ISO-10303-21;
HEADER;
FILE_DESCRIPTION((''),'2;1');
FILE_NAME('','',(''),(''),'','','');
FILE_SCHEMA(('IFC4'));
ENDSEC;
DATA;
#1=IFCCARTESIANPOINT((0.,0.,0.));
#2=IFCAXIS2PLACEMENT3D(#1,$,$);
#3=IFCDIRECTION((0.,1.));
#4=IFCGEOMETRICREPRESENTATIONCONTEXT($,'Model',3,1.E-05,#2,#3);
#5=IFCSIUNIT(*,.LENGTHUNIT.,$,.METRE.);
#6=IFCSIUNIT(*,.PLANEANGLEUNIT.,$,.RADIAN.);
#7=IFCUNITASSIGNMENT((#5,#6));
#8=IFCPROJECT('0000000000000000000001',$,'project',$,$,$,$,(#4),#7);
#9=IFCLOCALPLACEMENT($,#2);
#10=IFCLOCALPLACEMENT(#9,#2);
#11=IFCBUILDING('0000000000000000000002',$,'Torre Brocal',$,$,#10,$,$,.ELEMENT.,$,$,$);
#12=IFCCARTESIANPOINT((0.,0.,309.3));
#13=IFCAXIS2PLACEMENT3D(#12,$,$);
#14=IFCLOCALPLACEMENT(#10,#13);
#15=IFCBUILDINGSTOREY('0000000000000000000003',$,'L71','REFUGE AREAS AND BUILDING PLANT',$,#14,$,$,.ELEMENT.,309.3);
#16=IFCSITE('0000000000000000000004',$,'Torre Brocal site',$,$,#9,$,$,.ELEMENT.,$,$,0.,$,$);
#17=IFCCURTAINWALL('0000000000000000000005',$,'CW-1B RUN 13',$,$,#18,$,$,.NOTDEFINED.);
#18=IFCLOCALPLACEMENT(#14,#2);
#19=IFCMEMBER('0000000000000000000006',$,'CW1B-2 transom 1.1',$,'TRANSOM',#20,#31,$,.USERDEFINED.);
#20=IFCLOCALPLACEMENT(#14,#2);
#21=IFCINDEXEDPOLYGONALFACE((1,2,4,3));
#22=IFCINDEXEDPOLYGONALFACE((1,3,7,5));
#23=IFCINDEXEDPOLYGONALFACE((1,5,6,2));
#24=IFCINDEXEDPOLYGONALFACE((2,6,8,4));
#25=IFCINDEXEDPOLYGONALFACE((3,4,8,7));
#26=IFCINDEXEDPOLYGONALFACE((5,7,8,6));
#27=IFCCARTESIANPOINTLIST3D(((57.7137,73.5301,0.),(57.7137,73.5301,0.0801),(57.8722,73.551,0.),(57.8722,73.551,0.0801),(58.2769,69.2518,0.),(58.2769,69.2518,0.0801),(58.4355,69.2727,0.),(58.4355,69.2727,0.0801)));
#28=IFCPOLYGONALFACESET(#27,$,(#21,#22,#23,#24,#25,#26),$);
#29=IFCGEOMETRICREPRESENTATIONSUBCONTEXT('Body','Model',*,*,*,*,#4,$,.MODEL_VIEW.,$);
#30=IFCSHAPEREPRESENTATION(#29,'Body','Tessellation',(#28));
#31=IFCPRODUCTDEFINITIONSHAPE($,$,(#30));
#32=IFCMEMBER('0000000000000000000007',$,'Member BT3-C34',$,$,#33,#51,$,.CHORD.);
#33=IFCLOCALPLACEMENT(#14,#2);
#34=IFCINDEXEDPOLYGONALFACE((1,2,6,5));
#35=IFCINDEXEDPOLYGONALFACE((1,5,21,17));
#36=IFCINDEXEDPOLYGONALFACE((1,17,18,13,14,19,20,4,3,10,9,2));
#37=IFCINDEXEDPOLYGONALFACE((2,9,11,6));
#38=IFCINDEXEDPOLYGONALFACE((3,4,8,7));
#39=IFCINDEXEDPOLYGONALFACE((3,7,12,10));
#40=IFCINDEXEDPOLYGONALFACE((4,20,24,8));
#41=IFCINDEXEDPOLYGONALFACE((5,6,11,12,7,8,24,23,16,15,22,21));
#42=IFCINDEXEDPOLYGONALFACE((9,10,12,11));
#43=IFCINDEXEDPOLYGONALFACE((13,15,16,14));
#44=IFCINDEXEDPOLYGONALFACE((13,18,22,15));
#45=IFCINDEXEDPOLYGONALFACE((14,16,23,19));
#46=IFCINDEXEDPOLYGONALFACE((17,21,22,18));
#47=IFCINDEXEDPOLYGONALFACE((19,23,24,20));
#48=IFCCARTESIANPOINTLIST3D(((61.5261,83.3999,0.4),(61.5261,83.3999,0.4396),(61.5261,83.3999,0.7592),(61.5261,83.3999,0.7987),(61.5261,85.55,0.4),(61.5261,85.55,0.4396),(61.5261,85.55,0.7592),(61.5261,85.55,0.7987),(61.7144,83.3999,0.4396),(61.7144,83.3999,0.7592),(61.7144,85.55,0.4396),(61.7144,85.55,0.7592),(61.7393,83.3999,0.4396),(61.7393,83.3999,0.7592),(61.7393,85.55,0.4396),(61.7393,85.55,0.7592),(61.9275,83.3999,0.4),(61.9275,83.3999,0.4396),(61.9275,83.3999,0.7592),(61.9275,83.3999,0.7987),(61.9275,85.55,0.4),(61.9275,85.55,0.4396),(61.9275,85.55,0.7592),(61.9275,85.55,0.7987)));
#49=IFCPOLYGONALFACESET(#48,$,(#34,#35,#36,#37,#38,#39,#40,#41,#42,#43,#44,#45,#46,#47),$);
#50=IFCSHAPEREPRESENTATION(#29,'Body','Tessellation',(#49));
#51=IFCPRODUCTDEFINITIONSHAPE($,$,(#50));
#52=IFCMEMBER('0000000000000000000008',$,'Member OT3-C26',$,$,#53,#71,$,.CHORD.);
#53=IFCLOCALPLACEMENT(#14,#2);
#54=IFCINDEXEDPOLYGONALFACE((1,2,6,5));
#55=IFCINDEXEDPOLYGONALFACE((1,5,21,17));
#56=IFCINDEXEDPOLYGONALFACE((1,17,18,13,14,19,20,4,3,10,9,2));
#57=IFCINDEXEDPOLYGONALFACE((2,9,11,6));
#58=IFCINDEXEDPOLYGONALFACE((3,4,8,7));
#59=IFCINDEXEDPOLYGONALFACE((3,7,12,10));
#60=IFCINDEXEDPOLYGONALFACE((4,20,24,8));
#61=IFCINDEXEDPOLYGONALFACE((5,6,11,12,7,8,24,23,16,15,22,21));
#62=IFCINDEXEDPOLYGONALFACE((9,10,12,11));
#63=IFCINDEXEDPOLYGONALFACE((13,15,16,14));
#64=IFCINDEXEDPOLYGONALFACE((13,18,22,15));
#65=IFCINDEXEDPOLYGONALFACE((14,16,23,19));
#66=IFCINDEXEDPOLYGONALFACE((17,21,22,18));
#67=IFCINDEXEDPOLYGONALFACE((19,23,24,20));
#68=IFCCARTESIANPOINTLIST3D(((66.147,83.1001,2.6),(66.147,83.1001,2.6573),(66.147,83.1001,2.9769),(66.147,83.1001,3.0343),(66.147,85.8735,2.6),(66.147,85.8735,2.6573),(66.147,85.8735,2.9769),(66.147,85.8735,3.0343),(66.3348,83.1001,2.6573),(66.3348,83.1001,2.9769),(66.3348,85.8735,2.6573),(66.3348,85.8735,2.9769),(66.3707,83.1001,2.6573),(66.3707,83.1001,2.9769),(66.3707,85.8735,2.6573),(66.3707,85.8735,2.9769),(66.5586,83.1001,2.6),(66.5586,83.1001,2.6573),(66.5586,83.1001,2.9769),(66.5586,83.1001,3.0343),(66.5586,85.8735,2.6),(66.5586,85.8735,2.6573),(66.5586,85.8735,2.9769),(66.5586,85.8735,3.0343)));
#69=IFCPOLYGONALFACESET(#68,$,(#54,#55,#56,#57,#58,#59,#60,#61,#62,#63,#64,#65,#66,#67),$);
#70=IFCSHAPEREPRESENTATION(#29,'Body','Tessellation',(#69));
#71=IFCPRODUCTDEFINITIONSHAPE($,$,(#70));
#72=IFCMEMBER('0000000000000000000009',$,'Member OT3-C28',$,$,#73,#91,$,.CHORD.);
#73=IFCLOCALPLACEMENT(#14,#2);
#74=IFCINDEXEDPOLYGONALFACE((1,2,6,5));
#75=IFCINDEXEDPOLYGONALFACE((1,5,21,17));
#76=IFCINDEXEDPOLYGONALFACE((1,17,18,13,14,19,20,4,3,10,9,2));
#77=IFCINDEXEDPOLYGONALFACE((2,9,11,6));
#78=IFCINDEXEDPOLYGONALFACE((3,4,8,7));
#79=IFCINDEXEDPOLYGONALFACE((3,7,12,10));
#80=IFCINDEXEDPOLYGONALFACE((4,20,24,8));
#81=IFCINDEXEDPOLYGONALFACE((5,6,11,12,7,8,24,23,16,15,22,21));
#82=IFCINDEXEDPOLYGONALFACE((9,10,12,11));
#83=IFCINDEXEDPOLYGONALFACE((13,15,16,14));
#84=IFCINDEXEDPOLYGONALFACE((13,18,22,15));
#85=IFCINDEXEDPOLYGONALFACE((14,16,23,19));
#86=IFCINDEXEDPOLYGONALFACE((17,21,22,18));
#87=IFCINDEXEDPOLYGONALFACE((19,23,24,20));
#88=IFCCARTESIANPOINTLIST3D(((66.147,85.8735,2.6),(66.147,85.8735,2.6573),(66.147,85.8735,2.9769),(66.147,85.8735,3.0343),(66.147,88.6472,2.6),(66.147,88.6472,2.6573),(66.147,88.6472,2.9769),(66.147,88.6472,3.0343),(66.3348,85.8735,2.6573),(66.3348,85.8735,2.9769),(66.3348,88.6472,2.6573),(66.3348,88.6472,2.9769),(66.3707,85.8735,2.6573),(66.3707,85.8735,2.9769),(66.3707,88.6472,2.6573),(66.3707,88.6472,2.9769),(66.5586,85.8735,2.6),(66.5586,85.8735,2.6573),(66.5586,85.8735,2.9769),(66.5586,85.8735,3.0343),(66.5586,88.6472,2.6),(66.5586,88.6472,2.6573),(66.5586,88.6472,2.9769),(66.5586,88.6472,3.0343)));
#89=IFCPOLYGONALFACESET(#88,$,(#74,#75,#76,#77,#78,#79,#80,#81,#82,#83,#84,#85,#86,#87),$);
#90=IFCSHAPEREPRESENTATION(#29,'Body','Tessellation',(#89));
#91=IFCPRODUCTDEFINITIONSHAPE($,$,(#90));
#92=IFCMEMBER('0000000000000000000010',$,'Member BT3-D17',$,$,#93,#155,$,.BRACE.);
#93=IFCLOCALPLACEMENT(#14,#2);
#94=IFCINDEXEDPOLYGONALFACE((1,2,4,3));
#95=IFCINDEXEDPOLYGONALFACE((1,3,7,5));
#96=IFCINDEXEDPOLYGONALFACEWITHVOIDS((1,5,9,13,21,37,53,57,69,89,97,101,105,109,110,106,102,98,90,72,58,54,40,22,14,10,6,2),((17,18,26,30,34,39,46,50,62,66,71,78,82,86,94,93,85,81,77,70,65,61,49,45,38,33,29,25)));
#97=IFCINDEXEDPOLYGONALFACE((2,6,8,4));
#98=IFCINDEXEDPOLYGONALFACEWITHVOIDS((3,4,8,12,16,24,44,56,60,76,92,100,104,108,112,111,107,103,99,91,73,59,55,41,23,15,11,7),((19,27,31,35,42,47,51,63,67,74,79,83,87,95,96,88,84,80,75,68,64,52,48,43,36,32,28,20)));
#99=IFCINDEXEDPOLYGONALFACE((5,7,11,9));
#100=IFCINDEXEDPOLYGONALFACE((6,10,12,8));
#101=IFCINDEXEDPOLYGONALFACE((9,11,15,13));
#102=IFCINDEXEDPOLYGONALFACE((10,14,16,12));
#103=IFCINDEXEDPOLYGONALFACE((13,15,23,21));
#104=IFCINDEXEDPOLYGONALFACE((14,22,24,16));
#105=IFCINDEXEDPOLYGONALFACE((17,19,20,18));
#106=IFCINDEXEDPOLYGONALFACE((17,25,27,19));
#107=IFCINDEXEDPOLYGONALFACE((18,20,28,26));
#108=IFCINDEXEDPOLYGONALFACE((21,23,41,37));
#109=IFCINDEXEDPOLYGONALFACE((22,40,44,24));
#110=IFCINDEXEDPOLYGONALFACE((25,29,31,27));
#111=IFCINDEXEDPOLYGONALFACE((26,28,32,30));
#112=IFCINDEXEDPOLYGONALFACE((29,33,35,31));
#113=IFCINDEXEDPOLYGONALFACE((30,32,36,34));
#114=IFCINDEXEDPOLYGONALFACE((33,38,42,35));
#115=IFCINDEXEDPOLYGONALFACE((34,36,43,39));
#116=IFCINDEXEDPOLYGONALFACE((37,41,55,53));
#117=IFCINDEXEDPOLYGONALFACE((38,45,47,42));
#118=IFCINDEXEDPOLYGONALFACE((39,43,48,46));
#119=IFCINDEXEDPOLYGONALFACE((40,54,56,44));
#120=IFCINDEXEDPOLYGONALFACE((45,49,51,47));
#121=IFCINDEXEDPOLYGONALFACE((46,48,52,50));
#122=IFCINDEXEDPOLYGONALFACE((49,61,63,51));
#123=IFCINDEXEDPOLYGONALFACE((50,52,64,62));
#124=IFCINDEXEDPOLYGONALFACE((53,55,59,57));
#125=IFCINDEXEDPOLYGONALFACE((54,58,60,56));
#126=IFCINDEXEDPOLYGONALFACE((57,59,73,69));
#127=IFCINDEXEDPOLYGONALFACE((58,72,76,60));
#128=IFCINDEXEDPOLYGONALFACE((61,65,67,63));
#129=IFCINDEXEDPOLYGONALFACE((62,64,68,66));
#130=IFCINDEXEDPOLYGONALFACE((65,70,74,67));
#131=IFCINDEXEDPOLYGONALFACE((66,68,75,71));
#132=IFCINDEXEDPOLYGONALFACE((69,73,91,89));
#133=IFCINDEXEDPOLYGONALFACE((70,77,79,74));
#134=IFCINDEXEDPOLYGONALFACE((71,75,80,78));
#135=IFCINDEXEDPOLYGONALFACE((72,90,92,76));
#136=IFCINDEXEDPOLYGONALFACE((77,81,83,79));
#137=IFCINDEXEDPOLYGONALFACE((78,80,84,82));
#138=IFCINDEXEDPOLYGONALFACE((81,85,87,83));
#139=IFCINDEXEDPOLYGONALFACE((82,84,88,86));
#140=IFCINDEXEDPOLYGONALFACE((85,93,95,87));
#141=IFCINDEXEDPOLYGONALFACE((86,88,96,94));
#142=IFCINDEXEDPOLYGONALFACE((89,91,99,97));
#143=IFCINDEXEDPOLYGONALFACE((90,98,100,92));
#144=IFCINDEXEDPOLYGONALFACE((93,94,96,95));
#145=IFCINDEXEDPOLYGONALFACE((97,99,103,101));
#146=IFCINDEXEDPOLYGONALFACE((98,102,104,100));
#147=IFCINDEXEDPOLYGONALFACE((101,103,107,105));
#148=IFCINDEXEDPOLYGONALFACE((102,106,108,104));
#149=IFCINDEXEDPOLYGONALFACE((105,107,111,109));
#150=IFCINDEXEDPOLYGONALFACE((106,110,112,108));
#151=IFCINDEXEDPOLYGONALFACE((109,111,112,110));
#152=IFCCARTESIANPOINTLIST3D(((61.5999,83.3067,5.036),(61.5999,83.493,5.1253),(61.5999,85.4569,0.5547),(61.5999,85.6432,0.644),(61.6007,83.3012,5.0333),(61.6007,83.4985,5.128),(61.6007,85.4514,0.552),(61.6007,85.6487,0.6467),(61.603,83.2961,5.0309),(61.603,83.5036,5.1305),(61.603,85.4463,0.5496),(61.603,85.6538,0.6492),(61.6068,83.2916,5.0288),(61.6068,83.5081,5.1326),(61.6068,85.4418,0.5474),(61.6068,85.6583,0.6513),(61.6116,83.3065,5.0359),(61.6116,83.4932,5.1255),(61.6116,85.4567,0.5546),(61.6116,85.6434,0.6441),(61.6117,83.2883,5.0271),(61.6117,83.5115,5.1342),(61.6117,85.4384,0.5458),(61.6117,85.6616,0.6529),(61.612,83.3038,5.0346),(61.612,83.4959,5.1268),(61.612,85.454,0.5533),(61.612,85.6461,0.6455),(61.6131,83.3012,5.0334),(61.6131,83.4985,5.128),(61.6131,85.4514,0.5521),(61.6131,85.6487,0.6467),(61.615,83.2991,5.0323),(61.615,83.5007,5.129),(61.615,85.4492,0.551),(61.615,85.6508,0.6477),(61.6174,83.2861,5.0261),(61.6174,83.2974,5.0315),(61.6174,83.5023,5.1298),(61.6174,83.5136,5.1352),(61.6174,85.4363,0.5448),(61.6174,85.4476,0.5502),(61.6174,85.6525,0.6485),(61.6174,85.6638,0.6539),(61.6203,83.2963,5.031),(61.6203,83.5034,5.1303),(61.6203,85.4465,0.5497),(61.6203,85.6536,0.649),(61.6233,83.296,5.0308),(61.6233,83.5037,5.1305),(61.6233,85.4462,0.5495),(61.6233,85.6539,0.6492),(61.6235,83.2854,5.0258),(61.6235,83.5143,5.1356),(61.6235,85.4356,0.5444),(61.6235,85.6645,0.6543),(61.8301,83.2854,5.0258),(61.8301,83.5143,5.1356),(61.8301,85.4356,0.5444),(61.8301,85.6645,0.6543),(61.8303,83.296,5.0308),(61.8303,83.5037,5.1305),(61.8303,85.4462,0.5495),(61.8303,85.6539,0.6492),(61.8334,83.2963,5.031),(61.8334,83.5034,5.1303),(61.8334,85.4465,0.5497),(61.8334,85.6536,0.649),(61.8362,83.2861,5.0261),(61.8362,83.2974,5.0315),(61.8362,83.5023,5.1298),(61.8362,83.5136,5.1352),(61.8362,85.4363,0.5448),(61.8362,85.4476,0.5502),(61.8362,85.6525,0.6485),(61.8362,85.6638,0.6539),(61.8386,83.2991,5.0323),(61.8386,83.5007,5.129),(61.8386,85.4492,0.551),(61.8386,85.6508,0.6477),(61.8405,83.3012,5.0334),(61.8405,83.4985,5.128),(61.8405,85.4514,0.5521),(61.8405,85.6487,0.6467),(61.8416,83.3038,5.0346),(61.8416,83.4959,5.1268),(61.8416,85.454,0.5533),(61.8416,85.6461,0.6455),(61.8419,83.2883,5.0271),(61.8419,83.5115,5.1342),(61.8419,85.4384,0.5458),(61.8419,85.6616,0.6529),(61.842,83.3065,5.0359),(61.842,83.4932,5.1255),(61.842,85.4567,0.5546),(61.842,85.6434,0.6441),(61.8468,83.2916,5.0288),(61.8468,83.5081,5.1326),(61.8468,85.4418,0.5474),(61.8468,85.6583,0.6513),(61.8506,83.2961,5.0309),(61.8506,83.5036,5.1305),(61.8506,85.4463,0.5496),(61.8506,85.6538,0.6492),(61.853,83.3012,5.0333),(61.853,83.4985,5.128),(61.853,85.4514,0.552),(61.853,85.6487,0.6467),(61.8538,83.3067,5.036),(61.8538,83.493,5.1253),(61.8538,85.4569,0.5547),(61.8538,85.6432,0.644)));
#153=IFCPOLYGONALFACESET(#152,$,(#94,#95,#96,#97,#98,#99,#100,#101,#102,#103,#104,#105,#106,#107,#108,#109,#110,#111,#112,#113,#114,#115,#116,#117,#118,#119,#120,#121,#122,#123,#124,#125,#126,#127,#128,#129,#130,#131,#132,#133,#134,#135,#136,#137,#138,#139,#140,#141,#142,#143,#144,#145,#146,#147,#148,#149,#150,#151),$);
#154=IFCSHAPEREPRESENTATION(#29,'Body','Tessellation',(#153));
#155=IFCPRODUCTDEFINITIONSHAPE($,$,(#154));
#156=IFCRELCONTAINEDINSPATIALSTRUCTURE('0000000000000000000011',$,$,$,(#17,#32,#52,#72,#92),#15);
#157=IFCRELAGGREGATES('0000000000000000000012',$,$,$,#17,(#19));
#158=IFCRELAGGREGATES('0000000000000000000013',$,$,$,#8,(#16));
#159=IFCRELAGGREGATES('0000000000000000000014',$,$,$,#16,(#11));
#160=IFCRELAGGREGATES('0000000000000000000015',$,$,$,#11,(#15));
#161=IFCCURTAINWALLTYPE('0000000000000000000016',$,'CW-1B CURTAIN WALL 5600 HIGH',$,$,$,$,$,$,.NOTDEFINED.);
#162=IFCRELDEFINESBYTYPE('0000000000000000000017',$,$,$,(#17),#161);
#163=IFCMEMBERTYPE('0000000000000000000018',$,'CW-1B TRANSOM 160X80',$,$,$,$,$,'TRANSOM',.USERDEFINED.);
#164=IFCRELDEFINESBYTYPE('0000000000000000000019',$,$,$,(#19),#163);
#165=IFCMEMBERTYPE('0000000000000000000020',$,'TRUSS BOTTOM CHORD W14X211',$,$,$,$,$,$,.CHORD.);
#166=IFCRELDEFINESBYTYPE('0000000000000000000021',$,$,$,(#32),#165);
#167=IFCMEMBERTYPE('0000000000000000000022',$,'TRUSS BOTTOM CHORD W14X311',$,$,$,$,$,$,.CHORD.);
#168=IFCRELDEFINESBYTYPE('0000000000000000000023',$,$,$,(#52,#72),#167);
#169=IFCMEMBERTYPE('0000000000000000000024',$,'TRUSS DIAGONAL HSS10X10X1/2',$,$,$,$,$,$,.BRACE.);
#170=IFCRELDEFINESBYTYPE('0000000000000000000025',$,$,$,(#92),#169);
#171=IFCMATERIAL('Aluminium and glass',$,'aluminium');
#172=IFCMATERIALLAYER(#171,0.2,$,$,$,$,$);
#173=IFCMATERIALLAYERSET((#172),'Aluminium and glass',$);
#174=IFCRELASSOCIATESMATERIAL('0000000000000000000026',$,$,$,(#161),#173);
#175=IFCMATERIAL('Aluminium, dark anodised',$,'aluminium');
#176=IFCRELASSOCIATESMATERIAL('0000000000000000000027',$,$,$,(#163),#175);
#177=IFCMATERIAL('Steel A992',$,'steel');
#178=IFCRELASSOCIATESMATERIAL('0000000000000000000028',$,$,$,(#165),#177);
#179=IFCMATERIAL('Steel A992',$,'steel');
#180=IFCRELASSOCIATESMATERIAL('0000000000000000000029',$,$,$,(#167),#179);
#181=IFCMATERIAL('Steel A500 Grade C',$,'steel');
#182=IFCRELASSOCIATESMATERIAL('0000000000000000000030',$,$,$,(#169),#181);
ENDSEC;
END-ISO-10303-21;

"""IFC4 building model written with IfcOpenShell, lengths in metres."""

from ifc_helpers import new_model, si_unit, direction, frame, origin, origin_2d, place, context, subcontext, project, spatial, rectangle, hollow_rectangle, i_section, extrude, material, layer, layer_set, material_profile, profile_set, type_object, element, aggregate, save


model = new_model("IFC4")

# Units and contexts
model_context = context("Model", 3, precision=1e-05, world=origin(), true_north=direction((0.0, 1.0)))
body_context = subcontext(model_context, "Body", "Model", "MODEL_VIEW")
ifc_project = project(units=[si_unit("LENGTHUNIT", "METRE"), si_unit("PLANEANGLEUNIT", "RADIAN")], contexts=[model_context])

# Site, building, storey
site_placement = place(None, origin())
site = spatial("IfcSite", under=ifc_project, at=site_placement, Name="Torre Brocal site", CompositionType="ELEMENT", RefElevation=0.0)
building_placement = place(site_placement, origin())
building = spatial("IfcBuilding", under=site, at=building_placement, Name="Torre Brocal", CompositionType="ELEMENT")
storey_placement = place(building_placement, frame((0.0, 0.0, 309.3)))
storey = spatial("IfcBuildingStorey", under=building, at=storey_placement, Name="L71", Description="REFUGE AREAS AND BUILDING PLANT", CompositionType="ELEMENT", Elevation=309.3)

# Shared definitions
ifc_material_1 = material(Name="Aluminium and glass", Category="aluminium")
ifc_layer_1 = layer(ifc_material_1, 0.2)
ifc_layer_set_1 = layer_set([ifc_layer_1], Name="Aluminium and glass")
curtain_wall_type_1 = type_object("IfcCurtainWallType", Name="CW-1B CURTAIN WALL 5600 HIGH", PredefinedType="NOTDEFINED", material=ifc_layer_set_1)

# Curtain wall
curtain_wall_1_placement = place(storey_placement, origin())
curtain_wall_1 = element("IfcCurtainWall", 1, at=curtain_wall_1_placement, inside=storey, type_object=curtain_wall_type_1, Name="CW-1B RUN 13", PredefinedType="NOTDEFINED")

# Member
ifc_material_2 = material(Name="Aluminium, dark anodised", Category="aluminium")
ifc_material_profile_1 = material_profile(ifc_material_2, rectangle(XDim=0.1599, YDim=0.0801, at=origin_2d()), Name="CW-1B TRANSOM 160X80")
ifc_profile_set_1 = profile_set([ifc_material_profile_1], Name="Aluminium, dark anodised")
member_type_1 = type_object("IfcMemberType", Name="CW-1B TRANSOM 160X80", ElementType="TRANSOM", PredefinedType="USERDEFINED", material=ifc_profile_set_1)
member_1_placement = place(storey_placement, frame((57.793, 73.5405, 0.04), z_axis=(0.130522, -0.991445, 0.0), x_axis=(0.991445, 0.130522, 0.0)))
member_1 = element("IfcMember", 2, at=member_1_placement, type_object=member_type_1, Name="CW1B-2 transom 1.1", ObjectType="TRANSOM", PredefinedType="USERDEFINED", context=body_context, shape_type="SweptSolid", body=[
    extrude(rectangle(XDim=0.1599, YDim=0.0801, at=origin_2d()), origin(), (0.0, 0.0, 1.0), 4.3152),
])
aggregate(curtain_wall_1, [member_1])

# Members
ifc_material_3 = material(Name="Steel A992", Category="steel")
ifc_material_profile_2 = material_profile(ifc_material_3, i_section(OverallWidth=0.4014, OverallDepth=0.3987, WebThickness=0.0249, FlangeThickness=0.0396, at=origin_2d()), Name="W14X211")
ifc_profile_set_2 = profile_set([ifc_material_profile_2], Name="Steel A992")
member_type_2 = type_object("IfcMemberType", Name="TRUSS BOTTOM CHORD W14X211", PredefinedType="CHORD", material=ifc_profile_set_2)
member_2_placement = place(storey_placement, frame((61.7268, 85.55, 0.5994), z_axis=(0.0, -1.0, 0.0), x_axis=(1.0, 0.0, 0.0)))
element("IfcMember", 3, at=member_2_placement, inside=storey, type_object=member_type_2, Name="Member BT3-C34", PredefinedType="CHORD", context=body_context, shape_type="SweptSolid", body=[
    extrude(i_section(OverallWidth=0.4014, OverallDepth=0.3987, WebThickness=0.0249, FlangeThickness=0.0396, at=origin_2d()), origin(), (0.0, 0.0, 1.0), 2.1501),
])
ifc_material_4 = material(Name="Steel A992", Category="steel")
ifc_material_profile_3 = material_profile(ifc_material_4, i_section(OverallWidth=0.4116, OverallDepth=0.4343, WebThickness=0.0359, FlangeThickness=0.0574, at=origin_2d()), Name="W14X311")
ifc_profile_set_3 = profile_set([ifc_material_profile_3], Name="Steel A992")
member_type_3 = type_object("IfcMemberType", Name="TRUSS BOTTOM CHORD W14X311", PredefinedType="CHORD", material=ifc_profile_set_3)
member_3_placement = place(storey_placement, frame((66.3528, 83.1001, 2.8171), z_axis=(0.0, 1.0, 0.0), x_axis=(-1.0, 0.0, 0.0)))
element("IfcMember", 4, at=member_3_placement, inside=storey, type_object=member_type_3, Name="Member OT3-C26", PredefinedType="CHORD", context=body_context, shape_type="SweptSolid", body=[
    extrude(i_section(OverallWidth=0.4116, OverallDepth=0.4343, WebThickness=0.0359, FlangeThickness=0.0574, at=origin_2d()), origin(), (0.0, 0.0, 1.0), 2.7734),
])
member_4_placement = place(storey_placement, frame((66.3528, 85.8735, 2.8171), z_axis=(0.0, 1.0, 0.0), x_axis=(-1.0, 0.0, 0.0)))
element("IfcMember", 5, at=member_4_placement, inside=storey, type_object=member_type_3, Name="Member OT3-C28", PredefinedType="CHORD", context=body_context, shape_type="SweptSolid", body=[
    extrude(i_section(OverallWidth=0.4116, OverallDepth=0.4343, WebThickness=0.0359, FlangeThickness=0.0574, at=origin_2d()), origin(), (0.0, 0.0, 1.0), 2.7737),
])
ifc_material_5 = material(Name="Steel A500 Grade C", Category="steel")
ifc_material_profile_4 = material_profile(ifc_material_5, hollow_rectangle(XDim=0.2539, YDim=0.2539, WallThickness=0.0117, InnerFilletRadius=0.0117, OuterFilletRadius=0.0237, at=origin_2d()), Name="HSS10X10X1/2")
ifc_profile_set_4 = profile_set([ifc_material_profile_4], Name="Steel A500 Grade C")
member_type_4 = type_object("IfcMemberType", Name="TRUSS DIAGONAL HSS10X10X1/2", PredefinedType="BRACE", material=ifc_profile_set_4)
member_5_placement = place(storey_placement, frame((61.7268, 85.55, 0.5994), z_axis=(0.0, -0.432595, 0.901588), x_axis=(1.0, 0.0, 0.0)))
element("IfcMember", 6, at=member_5_placement, inside=storey, type_object=member_type_4, Name="Member BT3-D17", PredefinedType="BRACE", context=body_context, shape_type="SweptSolid", body=[
    extrude(hollow_rectangle(XDim=0.2539, YDim=0.2539, WallThickness=0.0117, InnerFilletRadius=0.0117, OuterFilletRadius=0.0237, at=origin_2d()), origin(), (0.0, 0.0, 1.0), 4.9705),
])

save(model, "model.ifc")
